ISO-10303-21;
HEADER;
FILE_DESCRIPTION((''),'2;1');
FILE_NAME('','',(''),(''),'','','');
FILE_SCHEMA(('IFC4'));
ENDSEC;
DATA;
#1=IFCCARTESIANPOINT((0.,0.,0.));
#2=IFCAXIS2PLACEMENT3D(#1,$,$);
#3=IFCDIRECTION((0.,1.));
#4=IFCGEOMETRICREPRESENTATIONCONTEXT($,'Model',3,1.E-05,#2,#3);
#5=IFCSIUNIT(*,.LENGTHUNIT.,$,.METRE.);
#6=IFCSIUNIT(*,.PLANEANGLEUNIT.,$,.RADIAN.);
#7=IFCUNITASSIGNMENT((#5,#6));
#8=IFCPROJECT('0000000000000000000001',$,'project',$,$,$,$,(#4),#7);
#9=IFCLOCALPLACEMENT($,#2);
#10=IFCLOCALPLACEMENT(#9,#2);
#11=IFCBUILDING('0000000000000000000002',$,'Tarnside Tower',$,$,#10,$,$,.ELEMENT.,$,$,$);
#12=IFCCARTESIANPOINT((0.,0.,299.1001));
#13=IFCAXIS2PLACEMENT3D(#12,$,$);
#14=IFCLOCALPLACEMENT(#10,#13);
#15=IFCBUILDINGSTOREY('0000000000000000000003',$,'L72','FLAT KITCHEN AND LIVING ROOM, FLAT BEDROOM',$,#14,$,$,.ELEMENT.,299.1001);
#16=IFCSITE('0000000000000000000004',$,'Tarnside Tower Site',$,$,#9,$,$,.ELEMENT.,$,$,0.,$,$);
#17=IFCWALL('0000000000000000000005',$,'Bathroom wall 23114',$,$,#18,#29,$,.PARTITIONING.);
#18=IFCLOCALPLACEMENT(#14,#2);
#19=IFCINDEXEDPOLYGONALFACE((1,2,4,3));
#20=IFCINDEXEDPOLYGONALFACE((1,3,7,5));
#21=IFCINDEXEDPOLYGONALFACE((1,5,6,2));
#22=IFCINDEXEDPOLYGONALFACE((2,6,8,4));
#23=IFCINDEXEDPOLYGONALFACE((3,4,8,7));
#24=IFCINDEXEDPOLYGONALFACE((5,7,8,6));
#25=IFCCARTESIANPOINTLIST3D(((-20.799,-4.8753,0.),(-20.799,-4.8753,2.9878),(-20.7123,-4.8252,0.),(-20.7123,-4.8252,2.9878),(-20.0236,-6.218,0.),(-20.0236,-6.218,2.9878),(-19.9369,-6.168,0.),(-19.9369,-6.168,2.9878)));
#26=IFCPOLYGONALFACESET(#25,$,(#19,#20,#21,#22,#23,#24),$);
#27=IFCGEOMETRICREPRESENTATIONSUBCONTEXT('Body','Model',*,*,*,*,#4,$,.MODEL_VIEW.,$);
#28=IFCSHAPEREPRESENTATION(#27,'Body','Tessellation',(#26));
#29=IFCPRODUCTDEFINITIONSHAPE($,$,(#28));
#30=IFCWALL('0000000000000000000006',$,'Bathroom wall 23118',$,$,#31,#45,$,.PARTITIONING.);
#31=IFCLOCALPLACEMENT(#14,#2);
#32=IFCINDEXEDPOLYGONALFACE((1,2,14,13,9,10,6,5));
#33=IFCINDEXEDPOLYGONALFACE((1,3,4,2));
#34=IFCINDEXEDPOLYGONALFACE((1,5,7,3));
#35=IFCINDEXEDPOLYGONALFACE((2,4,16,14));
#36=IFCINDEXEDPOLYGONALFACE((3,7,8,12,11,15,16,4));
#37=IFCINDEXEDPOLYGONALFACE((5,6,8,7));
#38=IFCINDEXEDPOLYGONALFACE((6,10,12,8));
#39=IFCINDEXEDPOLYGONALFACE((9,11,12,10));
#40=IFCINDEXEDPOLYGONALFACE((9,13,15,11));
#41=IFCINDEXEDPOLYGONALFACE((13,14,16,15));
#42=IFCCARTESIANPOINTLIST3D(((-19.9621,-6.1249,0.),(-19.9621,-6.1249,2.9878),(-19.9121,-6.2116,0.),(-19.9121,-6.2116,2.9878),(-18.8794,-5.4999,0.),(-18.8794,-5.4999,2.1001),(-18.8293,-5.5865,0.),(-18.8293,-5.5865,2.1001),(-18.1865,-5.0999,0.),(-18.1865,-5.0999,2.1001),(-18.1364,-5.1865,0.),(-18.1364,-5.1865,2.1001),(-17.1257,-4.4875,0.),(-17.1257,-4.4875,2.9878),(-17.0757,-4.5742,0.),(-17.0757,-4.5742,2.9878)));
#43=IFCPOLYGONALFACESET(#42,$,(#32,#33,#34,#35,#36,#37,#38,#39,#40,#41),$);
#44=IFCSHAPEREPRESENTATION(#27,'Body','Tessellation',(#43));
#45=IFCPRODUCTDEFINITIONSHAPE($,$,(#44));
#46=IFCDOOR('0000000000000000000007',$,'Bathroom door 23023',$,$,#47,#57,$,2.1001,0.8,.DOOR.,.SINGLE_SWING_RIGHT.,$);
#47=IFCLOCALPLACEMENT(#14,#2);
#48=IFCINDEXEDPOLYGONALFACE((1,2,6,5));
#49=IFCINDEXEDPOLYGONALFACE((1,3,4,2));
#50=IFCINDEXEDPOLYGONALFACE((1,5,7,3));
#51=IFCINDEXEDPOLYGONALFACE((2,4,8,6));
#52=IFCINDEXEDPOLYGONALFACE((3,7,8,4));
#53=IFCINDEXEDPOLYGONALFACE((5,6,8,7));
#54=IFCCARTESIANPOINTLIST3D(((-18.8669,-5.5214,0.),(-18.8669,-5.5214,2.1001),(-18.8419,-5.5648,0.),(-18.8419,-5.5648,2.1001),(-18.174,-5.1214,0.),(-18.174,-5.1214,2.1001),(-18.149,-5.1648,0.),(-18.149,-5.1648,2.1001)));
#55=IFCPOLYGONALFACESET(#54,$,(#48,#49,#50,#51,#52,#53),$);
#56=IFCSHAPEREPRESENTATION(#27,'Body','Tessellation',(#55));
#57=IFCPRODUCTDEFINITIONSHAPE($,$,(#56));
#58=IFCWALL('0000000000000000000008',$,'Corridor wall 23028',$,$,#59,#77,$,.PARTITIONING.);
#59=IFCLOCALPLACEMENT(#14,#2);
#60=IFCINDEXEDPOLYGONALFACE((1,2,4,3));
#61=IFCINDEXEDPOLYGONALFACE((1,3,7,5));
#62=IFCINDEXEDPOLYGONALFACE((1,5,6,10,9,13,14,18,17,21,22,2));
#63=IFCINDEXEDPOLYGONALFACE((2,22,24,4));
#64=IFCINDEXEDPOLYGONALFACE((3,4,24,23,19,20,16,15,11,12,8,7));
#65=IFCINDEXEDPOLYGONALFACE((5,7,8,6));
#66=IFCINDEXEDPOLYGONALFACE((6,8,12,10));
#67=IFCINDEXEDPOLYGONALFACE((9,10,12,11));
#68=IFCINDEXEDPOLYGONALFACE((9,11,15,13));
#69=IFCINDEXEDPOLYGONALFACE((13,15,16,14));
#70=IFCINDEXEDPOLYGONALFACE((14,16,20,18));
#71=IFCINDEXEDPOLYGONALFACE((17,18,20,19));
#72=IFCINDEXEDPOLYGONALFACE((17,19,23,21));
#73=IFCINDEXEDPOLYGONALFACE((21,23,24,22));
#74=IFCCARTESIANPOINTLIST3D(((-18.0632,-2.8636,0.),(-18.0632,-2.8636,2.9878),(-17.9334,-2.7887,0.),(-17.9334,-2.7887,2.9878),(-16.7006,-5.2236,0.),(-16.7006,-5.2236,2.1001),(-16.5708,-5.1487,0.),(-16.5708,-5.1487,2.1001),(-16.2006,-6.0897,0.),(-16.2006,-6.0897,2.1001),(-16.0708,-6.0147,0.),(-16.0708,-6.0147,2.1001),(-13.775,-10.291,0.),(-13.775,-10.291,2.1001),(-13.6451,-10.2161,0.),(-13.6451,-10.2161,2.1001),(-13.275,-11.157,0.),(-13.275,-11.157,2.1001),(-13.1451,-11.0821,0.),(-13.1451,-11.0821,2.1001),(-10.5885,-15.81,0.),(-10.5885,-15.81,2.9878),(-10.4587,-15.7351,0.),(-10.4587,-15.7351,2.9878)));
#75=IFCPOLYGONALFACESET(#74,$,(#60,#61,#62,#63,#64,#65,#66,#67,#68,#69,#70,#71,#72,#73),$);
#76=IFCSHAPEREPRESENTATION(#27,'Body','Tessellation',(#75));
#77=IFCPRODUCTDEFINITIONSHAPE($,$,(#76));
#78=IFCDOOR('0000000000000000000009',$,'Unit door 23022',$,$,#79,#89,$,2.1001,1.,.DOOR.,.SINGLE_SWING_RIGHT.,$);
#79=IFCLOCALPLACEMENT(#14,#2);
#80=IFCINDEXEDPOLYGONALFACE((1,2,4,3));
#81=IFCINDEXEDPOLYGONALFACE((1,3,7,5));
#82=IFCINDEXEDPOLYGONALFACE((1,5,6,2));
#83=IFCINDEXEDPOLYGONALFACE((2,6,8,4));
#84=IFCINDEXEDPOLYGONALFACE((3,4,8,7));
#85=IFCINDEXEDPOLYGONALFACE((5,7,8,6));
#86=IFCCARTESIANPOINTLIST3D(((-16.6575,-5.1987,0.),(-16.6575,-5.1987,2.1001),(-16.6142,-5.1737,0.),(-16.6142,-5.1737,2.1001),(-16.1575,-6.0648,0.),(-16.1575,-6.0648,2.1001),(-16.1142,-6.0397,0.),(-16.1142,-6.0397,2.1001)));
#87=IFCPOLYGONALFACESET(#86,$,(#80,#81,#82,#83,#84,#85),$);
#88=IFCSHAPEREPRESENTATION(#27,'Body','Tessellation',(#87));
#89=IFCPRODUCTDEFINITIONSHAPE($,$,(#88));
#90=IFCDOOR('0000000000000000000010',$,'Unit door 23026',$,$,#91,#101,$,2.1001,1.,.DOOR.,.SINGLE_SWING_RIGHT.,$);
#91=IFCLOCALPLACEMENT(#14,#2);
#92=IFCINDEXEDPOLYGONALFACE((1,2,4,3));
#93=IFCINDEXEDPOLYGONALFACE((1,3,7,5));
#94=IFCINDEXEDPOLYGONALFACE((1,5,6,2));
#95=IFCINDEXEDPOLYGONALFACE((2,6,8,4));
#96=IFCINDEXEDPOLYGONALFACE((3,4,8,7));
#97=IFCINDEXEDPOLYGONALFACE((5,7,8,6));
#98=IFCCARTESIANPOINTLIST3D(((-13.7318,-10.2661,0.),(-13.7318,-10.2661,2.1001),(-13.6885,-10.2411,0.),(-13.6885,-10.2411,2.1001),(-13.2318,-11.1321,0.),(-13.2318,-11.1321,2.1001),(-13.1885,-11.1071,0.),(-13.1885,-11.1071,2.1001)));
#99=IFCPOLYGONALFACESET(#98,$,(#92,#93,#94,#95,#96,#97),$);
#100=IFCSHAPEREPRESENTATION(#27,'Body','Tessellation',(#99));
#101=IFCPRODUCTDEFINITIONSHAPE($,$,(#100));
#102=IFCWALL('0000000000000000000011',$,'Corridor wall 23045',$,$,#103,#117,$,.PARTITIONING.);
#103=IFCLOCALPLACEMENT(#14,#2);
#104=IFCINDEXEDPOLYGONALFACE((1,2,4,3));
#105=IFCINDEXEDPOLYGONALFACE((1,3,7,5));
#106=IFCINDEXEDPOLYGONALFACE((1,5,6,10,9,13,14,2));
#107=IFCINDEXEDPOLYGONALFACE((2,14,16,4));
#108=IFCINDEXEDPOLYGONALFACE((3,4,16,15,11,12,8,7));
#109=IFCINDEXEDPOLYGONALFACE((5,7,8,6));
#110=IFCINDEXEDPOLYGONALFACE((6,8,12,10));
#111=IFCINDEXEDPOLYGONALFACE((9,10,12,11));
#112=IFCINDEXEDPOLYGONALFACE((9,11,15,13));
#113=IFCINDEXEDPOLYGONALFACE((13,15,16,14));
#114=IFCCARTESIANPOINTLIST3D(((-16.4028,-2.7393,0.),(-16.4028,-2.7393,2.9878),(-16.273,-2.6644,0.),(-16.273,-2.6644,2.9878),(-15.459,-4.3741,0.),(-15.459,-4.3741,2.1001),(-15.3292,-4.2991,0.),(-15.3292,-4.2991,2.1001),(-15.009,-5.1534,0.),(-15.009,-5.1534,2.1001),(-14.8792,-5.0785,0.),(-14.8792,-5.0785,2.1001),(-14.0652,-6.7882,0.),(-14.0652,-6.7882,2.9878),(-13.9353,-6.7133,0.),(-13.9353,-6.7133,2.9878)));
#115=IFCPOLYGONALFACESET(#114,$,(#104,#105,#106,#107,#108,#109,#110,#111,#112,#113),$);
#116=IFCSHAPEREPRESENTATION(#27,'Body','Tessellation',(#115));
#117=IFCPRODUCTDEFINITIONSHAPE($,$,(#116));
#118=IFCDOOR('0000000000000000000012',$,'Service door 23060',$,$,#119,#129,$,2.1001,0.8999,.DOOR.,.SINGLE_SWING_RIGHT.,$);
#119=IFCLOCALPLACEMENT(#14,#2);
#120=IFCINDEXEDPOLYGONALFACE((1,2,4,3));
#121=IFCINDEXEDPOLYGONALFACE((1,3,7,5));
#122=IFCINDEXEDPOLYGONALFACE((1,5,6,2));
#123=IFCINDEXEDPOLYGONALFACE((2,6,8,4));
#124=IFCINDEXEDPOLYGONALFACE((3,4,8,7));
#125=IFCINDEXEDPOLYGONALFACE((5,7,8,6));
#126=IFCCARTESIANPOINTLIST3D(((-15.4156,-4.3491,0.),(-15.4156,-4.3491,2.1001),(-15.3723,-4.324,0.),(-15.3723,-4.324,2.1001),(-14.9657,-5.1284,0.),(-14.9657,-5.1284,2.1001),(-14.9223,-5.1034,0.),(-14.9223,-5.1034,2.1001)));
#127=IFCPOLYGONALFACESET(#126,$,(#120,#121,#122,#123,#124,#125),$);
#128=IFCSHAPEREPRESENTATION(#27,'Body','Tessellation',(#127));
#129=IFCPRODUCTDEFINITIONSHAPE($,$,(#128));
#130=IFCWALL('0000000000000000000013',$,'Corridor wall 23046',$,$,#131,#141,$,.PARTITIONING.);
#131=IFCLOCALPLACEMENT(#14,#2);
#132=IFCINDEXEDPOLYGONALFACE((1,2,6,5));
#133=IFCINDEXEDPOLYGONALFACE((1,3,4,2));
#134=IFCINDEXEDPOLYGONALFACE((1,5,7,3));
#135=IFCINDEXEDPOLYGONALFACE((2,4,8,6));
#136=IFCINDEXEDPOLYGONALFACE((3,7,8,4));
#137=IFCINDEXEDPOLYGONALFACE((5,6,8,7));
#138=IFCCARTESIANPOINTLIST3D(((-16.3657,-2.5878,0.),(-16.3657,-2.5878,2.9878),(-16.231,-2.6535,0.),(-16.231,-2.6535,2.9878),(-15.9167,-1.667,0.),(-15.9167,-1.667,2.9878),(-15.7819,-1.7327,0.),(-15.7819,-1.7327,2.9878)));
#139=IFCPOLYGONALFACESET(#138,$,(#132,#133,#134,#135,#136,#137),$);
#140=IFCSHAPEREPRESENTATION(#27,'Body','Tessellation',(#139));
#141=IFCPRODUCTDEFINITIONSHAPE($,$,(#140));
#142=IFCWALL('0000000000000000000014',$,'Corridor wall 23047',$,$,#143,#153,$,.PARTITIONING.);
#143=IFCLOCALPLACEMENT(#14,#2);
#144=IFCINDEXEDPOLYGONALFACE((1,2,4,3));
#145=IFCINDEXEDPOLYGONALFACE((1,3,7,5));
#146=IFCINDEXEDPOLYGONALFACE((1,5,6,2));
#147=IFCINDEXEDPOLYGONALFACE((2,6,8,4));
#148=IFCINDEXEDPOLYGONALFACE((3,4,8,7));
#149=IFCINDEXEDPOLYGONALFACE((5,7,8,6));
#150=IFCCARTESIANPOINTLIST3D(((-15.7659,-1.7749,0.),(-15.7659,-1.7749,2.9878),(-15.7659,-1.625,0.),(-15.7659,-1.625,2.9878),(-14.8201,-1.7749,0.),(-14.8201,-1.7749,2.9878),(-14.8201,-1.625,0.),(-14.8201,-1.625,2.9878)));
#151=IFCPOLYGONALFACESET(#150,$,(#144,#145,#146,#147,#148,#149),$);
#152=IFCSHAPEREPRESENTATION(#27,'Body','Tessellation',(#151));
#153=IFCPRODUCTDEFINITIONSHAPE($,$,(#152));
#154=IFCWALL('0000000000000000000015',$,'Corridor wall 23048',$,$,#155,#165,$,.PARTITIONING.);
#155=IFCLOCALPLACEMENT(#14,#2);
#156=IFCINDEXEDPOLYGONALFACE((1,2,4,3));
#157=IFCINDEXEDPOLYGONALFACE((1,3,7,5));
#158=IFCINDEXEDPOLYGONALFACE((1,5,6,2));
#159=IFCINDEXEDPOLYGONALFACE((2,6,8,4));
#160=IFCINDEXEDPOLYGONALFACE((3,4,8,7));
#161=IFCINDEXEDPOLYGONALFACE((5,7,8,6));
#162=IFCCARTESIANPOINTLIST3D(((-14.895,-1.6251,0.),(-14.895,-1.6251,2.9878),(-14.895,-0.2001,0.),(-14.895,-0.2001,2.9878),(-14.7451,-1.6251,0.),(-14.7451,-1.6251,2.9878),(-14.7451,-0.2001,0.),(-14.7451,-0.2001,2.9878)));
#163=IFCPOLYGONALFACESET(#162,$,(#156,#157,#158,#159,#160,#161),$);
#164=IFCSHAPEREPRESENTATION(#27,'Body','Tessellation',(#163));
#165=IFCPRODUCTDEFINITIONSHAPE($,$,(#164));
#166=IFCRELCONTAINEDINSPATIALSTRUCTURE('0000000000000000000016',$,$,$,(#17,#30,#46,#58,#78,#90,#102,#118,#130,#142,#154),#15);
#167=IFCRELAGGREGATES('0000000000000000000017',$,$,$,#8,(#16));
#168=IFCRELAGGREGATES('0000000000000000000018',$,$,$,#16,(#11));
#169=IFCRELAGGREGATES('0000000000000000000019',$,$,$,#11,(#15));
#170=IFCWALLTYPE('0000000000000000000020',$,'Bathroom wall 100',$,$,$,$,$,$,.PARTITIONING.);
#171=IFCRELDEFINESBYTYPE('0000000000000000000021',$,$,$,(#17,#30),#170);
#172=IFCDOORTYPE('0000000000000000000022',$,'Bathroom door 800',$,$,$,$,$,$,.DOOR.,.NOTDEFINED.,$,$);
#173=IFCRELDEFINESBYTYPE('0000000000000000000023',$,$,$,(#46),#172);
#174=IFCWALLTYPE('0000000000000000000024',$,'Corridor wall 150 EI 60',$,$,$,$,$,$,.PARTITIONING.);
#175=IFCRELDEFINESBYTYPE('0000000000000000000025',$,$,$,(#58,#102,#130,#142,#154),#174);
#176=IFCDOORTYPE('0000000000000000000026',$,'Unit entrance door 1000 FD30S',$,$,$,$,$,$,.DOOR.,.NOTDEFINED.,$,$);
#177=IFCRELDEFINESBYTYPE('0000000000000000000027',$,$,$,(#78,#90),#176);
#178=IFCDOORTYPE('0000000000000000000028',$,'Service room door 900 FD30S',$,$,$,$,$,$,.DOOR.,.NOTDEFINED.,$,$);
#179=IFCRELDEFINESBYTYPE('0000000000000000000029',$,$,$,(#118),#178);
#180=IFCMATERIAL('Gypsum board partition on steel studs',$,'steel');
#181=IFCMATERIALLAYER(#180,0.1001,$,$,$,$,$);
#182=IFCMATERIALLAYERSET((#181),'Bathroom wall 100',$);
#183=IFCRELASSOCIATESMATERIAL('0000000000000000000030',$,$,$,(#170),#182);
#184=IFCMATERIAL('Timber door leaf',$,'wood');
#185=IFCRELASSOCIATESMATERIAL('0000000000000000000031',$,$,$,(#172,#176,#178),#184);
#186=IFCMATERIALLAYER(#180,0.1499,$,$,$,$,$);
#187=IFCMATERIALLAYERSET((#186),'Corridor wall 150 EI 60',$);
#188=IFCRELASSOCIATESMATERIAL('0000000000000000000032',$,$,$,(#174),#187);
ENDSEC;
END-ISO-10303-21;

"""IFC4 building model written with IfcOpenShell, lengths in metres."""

from ifc_helpers import new_model, si_unit, direction, frame, frame_2d, origin, place, context, subcontext, project, spatial, rectangle, extrude, material, layer, layer_set, type_object, element, fill, save


model = new_model("IFC4")

# Units and contexts
model_context = context("Model", 3, precision=1e-05, world=origin(), true_north=direction((0.0, 1.0)))
body_context = subcontext(model_context, "Body", "Model", "MODEL_VIEW")
ifc_project = project(units=[si_unit("LENGTHUNIT", "METRE"), si_unit("PLANEANGLEUNIT", "RADIAN")], contexts=[model_context])

# Site, building, storey
site_placement = place(None, origin())
site = spatial("IfcSite", under=ifc_project, at=site_placement, Name="Tarnside Tower Site", CompositionType="ELEMENT", RefElevation=0.0)
building_placement = place(site_placement, origin())
building = spatial("IfcBuilding", under=site, at=building_placement, Name="Tarnside Tower", CompositionType="ELEMENT")
storey_placement = place(building_placement, frame((0.0, 0.0, 299.1001)))
storey = spatial("IfcBuildingStorey", under=building, at=storey_placement, Name="L72", Description="FLAT KITCHEN AND LIVING ROOM, FLAT BEDROOM", CompositionType="ELEMENT", Elevation=299.1001)

# Wall
ifc_material_1 = material(Name="Gypsum board partition on steel studs", Category="steel")
ifc_layer_1 = layer(ifc_material_1, 0.1001)
ifc_layer_set_1 = layer_set([ifc_layer_1], Name="Bathroom wall 100")
wall_type_1 = type_object("IfcWallType", Name="Bathroom wall 100", PredefinedType="PARTITIONING", material=ifc_layer_set_1)
wall_1_placement = place(storey_placement, frame((-19.9802, -6.1931, 0.0), z_axis=(0.0, 0.0, 1.0), x_axis=(-0.500068, 0.865986, 0.0)))
element("IfcWall", 1, at=wall_1_placement, inside=storey, type_object=wall_type_1, Name="Bathroom wall 23114", PredefinedType="PARTITIONING", context=body_context, shape_type="SweptSolid", body=[
    extrude(rectangle(XDim=1.5505, YDim=0.1001, at=frame_2d((0.7754, 0.0))), origin(), (0.0, 0.0, 1.0), 2.9878),
])

# Wall, opening, door
wall_2_placement = place(storey_placement, frame((-17.1006, -4.5308, 0.0), z_axis=(0.0, 0.0, 1.0), x_axis=(-0.866047, -0.499963, 0.0)))
wall_2 = element("IfcWall", 2, at=wall_2_placement, inside=storey, type_object=wall_type_1, Name="Bathroom wall 23118", PredefinedType="PARTITIONING", context=body_context, shape_type="SweptSolid", body=[
    extrude(rectangle(XDim=3.2751, YDim=0.1001, at=frame_2d((1.6377, 0.0))), origin(), (0.0, 0.0, 1.0), 2.9878),
])
opening_1_placement = place(wall_2_placement, frame((1.2251, 0.0, 0.0)))
opening_1 = element("IfcOpeningElement", 3, at=opening_1_placement, cuts=wall_2, PredefinedType="OPENING", context=body_context, shape_type="SweptSolid", body=[
    extrude(rectangle(XDim=0.8, YDim=2.1001, at=frame_2d((0.3999, 1.05))), frame((0.0, 0.0601, 0.0), z_axis=(0.0, -1.0, 0.0), x_axis=(1.0, 0.0, 0.0)), (0.0, 0.0, 1.0), 0.1201),
])
ifc_material_2 = material(Name="Timber door leaf", Category="wood")
door_type_1 = type_object("IfcDoorType", Name="Bathroom door 800", OperationType="NOTDEFINED", PredefinedType="DOOR", material=ifc_material_2)
door_1_placement = place(opening_1_placement, origin())
door_1 = element("IfcDoor", 4, at=door_1_placement, inside=storey, type_object=door_type_1, Name="Bathroom door 23023", OperationType="SINGLE_SWING_RIGHT", OverallHeight=2.1001, OverallWidth=0.8, PredefinedType="DOOR", context=body_context, shape_type="SweptSolid", body=[
    extrude(rectangle(XDim=0.8, YDim=2.1001, at=frame_2d((0.3999, 1.05))), frame((0.0, 0.0249, 0.0), z_axis=(0.0, -1.0, 0.0), x_axis=(1.0, 0.0, 0.0)), (0.0, 0.0, 1.0), 0.05),
])
fill(opening_1, door_1)

# Wall, openings, doors
ifc_layer_2 = layer(ifc_material_1, 0.1499)
ifc_layer_set_2 = layer_set([ifc_layer_2], Name="Corridor wall 150 EI 60")
wall_type_2 = type_object("IfcWallType", Name="Corridor wall 150 EI 60", PredefinedType="PARTITIONING", material=ifc_layer_set_2)
wall_3_placement = place(storey_placement, frame((-17.9983, -2.8262, 0.0), z_axis=(0.0, 0.0, 1.0), x_axis=(0.500003, -0.866023, 0.0)))
wall_3 = element("IfcWall", 5, at=wall_3_placement, inside=storey, type_object=wall_type_2, Name="Corridor wall 23028", PredefinedType="PARTITIONING", context=body_context, shape_type="SweptSolid", body=[
    extrude(rectangle(XDim=14.9492, YDim=0.1499, at=frame_2d((7.4746, 0.0))), origin(), (0.0, 0.0, 1.0), 2.9878),
])
opening_2_placement = place(wall_3_placement, frame((2.7251, 0.0, 0.0)))
opening_2 = element("IfcOpeningElement", 6, at=opening_2_placement, cuts=wall_3, PredefinedType="OPENING", context=body_context, shape_type="SweptSolid", body=[
    extrude(rectangle(XDim=1.0, YDim=2.1001, at=frame_2d((0.5, 1.05))), frame((0.0, 0.085, 0.0), z_axis=(0.0, -1.0, 0.0), x_axis=(1.0, 0.0, 0.0)), (0.0, 0.0, 1.0), 0.1699),
])
opening_3_placement = place(wall_3_placement, frame((8.5764, 0.0, 0.0)))
opening_3 = element("IfcOpeningElement", 7, at=opening_3_placement, cuts=wall_3, PredefinedType="OPENING", context=body_context, shape_type="SweptSolid", body=[
    extrude(rectangle(XDim=1.0, YDim=2.1001, at=frame_2d((0.5, 1.05))), frame((0.0, 0.085, 0.0), z_axis=(0.0, -1.0, 0.0), x_axis=(1.0, 0.0, 0.0)), (0.0, 0.0, 1.0), 0.1699),
])
door_type_2 = type_object("IfcDoorType", Name="Unit entrance door 1000 FD30S", OperationType="NOTDEFINED", PredefinedType="DOOR", material=ifc_material_2)
door_2_placement = place(opening_2_placement, origin())
door_2 = element("IfcDoor", 8, at=door_2_placement, inside=storey, type_object=door_type_2, Name="Unit door 23022", OperationType="SINGLE_SWING_RIGHT", OverallHeight=2.1001, OverallWidth=1.0, PredefinedType="DOOR", context=body_context, shape_type="SweptSolid", body=[
    extrude(rectangle(XDim=1.0, YDim=2.1001, at=frame_2d((0.5, 1.05))), frame((0.0, 0.0249, 0.0), z_axis=(0.0, -1.0, 0.0), x_axis=(1.0, 0.0, 0.0)), (0.0, 0.0, 1.0), 0.05),
])
fill(opening_2, door_2)
door_3_placement = place(opening_3_placement, origin())
door_3 = element("IfcDoor", 9, at=door_3_placement, inside=storey, type_object=door_type_2, Name="Unit door 23026", OperationType="SINGLE_SWING_RIGHT", OverallHeight=2.1001, OverallWidth=1.0, PredefinedType="DOOR", context=body_context, shape_type="SweptSolid", body=[
    extrude(rectangle(XDim=1.0, YDim=2.1001, at=frame_2d((0.5, 1.05))), frame((0.0, 0.0249, 0.0), z_axis=(0.0, -1.0, 0.0), x_axis=(1.0, 0.0, 0.0)), (0.0, 0.0, 1.0), 0.05),
])
fill(opening_3, door_3)

# Wall, opening, door
wall_4_placement = place(storey_placement, frame((-14.0002, -6.7507, 0.0), z_axis=(0.0, 0.0, 1.0), x_axis=(-0.500009, 0.86602, 0.0)))
wall_4 = element("IfcWall", 10, at=wall_4_placement, inside=storey, type_object=wall_type_2, Name="Corridor wall 23045", PredefinedType="PARTITIONING", context=body_context, shape_type="SweptSolid", body=[
    extrude(rectangle(XDim=4.6753, YDim=0.1499, at=frame_2d((2.3376, 0.0))), origin(), (0.0, 0.0, 1.0), 2.9878),
])
opening_4_placement = place(wall_4_placement, frame((1.8877, 0.0, 0.0)))
opening_4 = element("IfcOpeningElement", 11, at=opening_4_placement, cuts=wall_4, PredefinedType="OPENING", context=body_context, shape_type="SweptSolid", body=[
    extrude(rectangle(XDim=0.8999, YDim=2.1001, at=frame_2d((0.45, 1.05))), frame((0.0, 0.085, 0.0), z_axis=(0.0, -1.0, 0.0), x_axis=(1.0, 0.0, 0.0)), (0.0, 0.0, 1.0), 0.1699),
])
door_type_3 = type_object("IfcDoorType", Name="Service room door 900 FD30S", OperationType="NOTDEFINED", PredefinedType="DOOR", material=ifc_material_2)
door_4_placement = place(opening_4_placement, origin())
door_4 = element("IfcDoor", 12, at=door_4_placement, inside=storey, type_object=door_type_3, Name="Service door 23060", OperationType="SINGLE_SWING_RIGHT", OverallHeight=2.1001, OverallWidth=0.8999, PredefinedType="DOOR", context=body_context, shape_type="SweptSolid", body=[
    extrude(rectangle(XDim=0.8999, YDim=2.1001, at=frame_2d((0.45, 1.05))), frame((0.0, 0.0249, 0.0), z_axis=(0.0, -1.0, 0.0), x_axis=(1.0, 0.0, 0.0)), (0.0, 0.0, 1.0), 0.05),
])
fill(opening_4, door_4)

# Walls
wall_5_placement = place(storey_placement, frame((-16.2983, -2.6206, 0.0), z_axis=(0.0, 0.0, 1.0), x_axis=(0.438325, 0.898817, 0.0)))
element("IfcWall", 13, at=wall_5_placement, inside=storey, type_object=wall_type_2, Name="Corridor wall 23046", PredefinedType="PARTITIONING", context=body_context, shape_type="SweptSolid", body=[
    extrude(rectangle(XDim=1.0244, YDim=0.1499, at=frame_2d((0.5122, 0.0))), origin(), (0.0, 0.0, 1.0), 2.9878),
])
wall_6_placement = place(storey_placement, frame((-15.7659, -1.7, 0.0), z_axis=(0.0, 0.0, 1.0), x_axis=(1.0, 0.0, 0.0)))
element("IfcWall", 14, at=wall_6_placement, inside=storey, type_object=wall_type_2, Name="Corridor wall 23047", PredefinedType="PARTITIONING", context=body_context, shape_type="SweptSolid", body=[
    extrude(rectangle(XDim=0.9458, YDim=0.1499, at=frame_2d((0.4729, 0.0))), origin(), (0.0, 0.0, 1.0), 2.9878),
])
wall_7_placement = place(storey_placement, frame((-14.8201, -1.625, 0.0), z_axis=(0.0, 0.0, 1.0), x_axis=(0.0, 1.0, 0.0)))
element("IfcWall", 15, at=wall_7_placement, inside=storey, type_object=wall_type_2, Name="Corridor wall 23048", PredefinedType="PARTITIONING", context=body_context, shape_type="SweptSolid", body=[
    extrude(rectangle(XDim=1.425, YDim=0.1499, at=frame_2d((0.7124, 0.0))), origin(), (0.0, 0.0, 1.0), 2.9878),
])

save(model, "model.ifc")
